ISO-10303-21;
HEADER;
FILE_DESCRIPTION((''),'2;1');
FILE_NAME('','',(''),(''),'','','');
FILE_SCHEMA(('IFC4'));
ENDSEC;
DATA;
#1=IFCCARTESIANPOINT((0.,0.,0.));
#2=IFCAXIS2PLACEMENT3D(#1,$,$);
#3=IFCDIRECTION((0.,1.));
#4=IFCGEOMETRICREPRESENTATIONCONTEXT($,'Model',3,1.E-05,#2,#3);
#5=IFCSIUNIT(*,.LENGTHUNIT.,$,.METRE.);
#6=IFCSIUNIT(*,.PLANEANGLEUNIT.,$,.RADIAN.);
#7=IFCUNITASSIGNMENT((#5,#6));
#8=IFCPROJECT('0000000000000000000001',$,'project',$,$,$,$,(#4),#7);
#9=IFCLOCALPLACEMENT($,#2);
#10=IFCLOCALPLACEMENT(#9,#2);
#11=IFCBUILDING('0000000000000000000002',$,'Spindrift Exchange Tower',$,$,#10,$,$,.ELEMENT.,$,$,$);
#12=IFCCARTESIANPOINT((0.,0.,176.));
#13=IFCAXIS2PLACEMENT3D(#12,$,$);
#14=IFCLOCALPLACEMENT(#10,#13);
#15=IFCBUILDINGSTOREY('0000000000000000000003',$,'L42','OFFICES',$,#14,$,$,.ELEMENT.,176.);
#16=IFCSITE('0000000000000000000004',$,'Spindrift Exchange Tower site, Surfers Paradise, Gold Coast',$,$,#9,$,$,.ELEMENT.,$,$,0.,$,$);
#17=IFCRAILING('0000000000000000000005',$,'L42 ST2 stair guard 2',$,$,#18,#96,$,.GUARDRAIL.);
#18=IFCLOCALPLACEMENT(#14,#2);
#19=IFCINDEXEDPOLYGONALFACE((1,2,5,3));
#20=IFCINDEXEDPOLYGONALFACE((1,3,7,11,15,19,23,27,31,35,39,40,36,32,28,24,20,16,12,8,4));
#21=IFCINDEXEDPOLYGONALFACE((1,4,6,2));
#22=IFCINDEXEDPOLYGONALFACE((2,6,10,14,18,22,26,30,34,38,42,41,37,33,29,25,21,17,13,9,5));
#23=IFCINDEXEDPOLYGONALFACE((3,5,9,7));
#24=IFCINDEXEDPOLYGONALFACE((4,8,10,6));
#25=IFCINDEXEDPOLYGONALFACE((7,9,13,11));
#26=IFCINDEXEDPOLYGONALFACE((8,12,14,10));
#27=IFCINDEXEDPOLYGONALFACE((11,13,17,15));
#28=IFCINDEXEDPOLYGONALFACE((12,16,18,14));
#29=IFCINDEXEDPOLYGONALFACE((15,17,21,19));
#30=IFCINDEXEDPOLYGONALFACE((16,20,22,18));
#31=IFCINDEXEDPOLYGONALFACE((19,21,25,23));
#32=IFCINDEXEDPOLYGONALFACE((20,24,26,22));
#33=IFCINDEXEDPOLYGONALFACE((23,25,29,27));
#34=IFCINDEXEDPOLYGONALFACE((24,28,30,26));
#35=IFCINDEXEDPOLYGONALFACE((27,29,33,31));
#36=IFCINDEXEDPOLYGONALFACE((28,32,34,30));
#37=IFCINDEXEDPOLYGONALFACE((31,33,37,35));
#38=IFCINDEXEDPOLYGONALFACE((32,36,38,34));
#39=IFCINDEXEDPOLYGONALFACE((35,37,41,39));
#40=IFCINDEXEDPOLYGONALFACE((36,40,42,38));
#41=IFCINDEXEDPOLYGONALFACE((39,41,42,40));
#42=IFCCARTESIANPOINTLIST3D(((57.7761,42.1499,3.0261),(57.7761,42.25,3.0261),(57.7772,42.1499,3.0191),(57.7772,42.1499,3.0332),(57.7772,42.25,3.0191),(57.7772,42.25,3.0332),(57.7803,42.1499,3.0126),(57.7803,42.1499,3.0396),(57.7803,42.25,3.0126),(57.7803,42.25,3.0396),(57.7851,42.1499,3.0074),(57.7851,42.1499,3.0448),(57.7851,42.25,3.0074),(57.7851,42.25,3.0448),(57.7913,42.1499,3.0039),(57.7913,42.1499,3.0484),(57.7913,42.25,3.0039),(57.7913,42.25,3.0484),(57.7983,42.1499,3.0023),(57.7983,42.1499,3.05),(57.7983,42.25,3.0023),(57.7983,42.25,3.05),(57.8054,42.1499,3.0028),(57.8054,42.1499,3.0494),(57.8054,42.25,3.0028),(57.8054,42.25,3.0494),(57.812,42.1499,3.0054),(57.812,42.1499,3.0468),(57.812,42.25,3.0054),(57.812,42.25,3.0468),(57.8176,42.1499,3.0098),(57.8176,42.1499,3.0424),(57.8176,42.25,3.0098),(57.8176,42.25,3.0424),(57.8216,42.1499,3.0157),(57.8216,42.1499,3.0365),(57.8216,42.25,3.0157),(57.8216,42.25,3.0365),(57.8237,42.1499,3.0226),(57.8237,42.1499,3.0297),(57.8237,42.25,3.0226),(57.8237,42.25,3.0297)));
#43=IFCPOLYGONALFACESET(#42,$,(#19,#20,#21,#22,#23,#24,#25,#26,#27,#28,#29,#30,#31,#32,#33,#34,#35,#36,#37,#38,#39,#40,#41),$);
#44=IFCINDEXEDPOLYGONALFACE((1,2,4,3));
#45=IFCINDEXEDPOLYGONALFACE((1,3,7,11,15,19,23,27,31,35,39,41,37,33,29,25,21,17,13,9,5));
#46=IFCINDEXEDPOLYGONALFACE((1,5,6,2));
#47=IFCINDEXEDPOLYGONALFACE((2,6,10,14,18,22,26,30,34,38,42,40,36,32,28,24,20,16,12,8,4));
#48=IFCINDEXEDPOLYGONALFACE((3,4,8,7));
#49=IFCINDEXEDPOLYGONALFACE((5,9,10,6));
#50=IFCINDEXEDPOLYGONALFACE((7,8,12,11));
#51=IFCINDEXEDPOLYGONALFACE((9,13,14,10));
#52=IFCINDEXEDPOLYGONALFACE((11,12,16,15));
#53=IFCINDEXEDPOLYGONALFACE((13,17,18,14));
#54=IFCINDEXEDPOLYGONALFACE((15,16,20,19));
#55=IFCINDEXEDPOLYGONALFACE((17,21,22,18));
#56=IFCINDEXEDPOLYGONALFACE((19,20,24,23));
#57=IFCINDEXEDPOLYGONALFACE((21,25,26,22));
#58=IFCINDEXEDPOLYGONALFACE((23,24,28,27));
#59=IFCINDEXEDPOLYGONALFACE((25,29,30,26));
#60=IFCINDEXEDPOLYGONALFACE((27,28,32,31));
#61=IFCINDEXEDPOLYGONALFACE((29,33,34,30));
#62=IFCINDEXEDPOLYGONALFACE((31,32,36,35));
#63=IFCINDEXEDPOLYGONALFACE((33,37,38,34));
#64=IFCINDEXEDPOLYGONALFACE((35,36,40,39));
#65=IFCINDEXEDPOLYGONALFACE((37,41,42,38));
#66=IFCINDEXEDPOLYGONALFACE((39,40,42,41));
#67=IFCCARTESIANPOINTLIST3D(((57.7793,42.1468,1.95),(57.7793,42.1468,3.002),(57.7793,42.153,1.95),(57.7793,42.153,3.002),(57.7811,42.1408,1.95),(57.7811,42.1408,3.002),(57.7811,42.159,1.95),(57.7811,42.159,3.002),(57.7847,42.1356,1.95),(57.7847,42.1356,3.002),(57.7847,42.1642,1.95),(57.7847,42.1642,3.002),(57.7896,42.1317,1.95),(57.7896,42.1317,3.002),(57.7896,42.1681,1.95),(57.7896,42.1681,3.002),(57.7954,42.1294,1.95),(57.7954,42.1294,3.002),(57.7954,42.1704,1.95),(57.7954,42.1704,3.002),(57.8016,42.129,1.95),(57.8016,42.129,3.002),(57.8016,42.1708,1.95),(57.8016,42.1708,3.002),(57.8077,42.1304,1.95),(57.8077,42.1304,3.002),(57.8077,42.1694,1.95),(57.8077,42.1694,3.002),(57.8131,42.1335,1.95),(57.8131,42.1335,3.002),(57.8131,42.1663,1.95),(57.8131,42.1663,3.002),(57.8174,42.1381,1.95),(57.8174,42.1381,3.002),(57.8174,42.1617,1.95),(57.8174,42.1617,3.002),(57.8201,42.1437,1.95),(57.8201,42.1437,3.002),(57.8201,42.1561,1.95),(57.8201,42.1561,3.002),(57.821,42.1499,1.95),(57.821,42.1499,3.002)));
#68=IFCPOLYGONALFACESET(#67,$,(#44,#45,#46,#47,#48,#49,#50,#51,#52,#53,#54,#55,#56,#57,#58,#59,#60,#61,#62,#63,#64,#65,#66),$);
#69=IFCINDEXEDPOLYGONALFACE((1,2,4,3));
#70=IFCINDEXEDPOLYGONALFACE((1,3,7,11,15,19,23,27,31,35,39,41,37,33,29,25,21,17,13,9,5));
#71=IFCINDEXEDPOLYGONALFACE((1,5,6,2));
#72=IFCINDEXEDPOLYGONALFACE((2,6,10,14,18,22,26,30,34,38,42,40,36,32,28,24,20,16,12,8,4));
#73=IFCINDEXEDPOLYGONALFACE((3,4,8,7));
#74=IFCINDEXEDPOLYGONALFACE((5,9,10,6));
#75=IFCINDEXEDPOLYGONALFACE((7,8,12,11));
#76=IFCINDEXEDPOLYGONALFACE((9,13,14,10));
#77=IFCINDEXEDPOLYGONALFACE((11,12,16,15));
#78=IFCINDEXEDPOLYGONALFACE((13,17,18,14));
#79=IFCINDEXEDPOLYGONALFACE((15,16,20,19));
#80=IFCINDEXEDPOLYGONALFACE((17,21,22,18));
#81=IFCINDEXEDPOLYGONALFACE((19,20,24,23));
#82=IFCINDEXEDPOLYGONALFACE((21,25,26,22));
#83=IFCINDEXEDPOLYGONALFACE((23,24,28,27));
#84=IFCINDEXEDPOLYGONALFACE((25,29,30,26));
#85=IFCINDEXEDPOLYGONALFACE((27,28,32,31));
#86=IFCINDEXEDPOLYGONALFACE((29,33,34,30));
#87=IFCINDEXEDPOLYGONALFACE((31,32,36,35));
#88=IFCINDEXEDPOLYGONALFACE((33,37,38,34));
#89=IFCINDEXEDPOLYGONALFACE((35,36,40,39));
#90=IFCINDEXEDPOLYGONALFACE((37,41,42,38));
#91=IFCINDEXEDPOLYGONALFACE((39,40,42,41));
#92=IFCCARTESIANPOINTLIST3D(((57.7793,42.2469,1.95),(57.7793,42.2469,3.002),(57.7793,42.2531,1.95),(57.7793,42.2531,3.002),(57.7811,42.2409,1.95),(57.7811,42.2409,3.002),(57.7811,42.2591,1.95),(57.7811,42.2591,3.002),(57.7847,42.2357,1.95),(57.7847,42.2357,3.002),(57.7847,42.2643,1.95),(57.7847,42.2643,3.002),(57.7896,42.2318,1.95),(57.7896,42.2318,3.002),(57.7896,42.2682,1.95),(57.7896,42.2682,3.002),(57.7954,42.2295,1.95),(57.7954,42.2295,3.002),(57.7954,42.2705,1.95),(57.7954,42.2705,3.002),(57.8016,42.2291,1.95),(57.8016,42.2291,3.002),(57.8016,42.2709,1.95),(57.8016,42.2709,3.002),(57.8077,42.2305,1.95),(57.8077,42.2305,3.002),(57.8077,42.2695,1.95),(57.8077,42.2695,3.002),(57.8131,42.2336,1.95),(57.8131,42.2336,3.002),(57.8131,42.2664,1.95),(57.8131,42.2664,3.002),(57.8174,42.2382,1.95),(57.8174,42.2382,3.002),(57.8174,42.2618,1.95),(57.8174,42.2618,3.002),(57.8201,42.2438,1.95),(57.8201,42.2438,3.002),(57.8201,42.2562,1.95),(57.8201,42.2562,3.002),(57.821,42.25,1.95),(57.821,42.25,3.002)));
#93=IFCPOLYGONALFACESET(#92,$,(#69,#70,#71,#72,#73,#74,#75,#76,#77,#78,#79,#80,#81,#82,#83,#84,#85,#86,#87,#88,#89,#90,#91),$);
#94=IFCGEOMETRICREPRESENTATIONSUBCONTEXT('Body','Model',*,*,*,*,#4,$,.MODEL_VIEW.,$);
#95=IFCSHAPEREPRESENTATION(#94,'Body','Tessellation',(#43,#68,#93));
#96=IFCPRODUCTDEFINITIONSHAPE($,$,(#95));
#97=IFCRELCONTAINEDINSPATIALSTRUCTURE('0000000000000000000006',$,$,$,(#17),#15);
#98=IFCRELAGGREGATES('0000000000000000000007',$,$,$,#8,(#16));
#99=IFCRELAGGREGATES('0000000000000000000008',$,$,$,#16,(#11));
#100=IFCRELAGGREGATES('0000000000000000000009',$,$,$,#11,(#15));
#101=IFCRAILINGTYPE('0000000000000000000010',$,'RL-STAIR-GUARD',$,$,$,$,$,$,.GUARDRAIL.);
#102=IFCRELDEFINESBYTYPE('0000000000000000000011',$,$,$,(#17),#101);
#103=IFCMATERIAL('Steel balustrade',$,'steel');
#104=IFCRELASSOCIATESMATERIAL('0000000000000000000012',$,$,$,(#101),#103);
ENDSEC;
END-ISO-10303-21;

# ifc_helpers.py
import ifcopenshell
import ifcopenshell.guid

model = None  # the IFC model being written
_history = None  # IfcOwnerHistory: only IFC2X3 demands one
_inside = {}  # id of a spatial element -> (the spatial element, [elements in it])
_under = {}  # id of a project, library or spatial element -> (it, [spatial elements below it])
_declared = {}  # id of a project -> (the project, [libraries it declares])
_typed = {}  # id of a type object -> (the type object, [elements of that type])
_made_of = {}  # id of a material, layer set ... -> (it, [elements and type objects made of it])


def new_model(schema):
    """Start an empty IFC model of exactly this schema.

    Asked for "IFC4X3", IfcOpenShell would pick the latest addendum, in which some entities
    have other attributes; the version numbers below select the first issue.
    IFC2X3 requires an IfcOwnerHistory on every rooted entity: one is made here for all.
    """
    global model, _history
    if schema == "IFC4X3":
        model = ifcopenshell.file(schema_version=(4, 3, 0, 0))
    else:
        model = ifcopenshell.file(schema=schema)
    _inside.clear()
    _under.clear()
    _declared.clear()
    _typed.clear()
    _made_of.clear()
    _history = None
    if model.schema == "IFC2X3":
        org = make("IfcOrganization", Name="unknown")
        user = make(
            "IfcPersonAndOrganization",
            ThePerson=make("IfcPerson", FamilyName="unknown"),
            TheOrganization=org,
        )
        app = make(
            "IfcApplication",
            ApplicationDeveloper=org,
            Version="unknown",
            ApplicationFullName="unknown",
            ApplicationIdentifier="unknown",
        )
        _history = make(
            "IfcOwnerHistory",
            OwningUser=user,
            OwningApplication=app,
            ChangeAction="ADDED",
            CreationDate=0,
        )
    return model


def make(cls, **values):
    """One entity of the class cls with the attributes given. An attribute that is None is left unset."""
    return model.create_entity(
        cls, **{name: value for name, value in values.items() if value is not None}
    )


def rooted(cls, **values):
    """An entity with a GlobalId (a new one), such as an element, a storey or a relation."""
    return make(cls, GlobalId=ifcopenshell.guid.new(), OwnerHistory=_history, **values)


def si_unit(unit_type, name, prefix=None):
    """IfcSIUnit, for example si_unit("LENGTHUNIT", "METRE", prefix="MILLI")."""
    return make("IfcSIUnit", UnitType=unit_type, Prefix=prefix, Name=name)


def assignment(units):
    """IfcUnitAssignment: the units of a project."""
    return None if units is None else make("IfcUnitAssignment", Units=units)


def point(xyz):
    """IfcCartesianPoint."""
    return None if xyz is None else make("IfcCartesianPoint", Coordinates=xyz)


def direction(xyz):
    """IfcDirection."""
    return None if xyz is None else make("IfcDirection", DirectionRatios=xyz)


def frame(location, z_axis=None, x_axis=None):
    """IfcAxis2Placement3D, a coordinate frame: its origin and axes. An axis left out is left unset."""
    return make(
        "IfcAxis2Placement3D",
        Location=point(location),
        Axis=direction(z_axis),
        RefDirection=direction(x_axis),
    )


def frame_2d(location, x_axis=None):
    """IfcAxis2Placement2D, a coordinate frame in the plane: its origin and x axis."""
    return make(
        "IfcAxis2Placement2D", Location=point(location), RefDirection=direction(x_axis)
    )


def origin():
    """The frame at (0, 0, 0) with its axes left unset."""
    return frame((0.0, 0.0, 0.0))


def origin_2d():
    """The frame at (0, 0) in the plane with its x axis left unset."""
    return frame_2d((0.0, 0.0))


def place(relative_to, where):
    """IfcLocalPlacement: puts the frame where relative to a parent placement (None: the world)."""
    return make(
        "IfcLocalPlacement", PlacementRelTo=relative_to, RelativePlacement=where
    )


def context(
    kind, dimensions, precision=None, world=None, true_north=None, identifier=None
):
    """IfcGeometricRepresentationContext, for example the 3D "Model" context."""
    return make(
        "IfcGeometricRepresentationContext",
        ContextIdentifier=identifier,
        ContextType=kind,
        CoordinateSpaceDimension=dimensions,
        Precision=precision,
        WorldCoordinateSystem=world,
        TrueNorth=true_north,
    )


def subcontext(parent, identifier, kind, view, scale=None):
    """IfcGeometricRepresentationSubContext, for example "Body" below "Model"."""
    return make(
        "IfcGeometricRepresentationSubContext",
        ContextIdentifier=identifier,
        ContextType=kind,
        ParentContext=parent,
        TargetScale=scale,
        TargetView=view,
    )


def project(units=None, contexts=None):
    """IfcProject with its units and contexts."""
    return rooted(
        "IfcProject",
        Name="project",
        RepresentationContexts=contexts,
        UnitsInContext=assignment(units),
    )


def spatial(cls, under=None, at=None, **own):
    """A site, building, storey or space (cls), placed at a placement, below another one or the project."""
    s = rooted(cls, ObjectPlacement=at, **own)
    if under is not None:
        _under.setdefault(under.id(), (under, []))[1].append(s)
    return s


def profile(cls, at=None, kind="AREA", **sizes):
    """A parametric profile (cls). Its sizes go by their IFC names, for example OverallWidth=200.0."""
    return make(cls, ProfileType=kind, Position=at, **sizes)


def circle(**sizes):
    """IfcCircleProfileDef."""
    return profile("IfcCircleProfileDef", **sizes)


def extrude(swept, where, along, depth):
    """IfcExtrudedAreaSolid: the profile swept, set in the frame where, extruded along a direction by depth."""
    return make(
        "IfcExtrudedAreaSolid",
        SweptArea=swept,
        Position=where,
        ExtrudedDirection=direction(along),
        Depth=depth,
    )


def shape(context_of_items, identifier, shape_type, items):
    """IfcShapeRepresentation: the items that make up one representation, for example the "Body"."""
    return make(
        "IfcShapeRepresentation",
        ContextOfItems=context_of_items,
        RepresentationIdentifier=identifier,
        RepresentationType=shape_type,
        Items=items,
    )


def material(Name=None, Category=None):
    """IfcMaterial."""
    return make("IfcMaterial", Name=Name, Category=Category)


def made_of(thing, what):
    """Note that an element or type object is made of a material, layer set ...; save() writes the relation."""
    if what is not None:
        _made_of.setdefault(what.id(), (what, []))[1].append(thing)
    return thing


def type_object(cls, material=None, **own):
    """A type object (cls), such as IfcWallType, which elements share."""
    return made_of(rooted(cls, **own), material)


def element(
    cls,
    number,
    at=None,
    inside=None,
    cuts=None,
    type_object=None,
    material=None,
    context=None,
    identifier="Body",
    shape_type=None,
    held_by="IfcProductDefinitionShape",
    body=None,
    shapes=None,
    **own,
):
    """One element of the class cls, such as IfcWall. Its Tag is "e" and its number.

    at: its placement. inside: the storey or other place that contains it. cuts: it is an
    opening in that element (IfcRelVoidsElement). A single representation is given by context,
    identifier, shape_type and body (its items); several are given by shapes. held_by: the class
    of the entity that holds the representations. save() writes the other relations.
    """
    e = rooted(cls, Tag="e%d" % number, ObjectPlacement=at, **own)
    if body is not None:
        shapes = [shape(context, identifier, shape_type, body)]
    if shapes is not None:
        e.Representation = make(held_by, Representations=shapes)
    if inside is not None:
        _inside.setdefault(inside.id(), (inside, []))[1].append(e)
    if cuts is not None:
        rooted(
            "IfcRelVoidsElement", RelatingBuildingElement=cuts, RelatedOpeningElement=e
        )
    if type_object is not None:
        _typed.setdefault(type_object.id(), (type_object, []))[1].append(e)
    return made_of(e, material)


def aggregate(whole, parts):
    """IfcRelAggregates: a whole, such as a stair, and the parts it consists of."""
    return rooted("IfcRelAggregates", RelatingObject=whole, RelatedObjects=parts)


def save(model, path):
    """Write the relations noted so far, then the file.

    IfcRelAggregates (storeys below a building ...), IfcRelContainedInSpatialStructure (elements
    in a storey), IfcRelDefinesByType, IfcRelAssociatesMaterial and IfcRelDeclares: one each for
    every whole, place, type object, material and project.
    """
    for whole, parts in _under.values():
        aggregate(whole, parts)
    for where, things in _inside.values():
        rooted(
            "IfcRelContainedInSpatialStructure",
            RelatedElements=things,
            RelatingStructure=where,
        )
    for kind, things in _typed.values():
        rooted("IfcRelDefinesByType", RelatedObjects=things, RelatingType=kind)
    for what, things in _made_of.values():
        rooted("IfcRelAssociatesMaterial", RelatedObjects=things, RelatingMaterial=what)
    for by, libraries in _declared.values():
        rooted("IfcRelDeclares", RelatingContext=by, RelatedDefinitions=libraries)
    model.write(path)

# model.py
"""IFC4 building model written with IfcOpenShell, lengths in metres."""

from ifc_helpers import new_model, si_unit, direction, frame, origin, origin_2d, place, context, subcontext, project, spatial, circle, extrude, material, type_object, element, save


model = new_model("IFC4")

# Units and contexts
model_context = context("Model", 3, precision=1e-05, world=origin(), true_north=direction((0.0, 1.0)))
body_context = subcontext(model_context, "Body", "Model", "MODEL_VIEW")
ifc_project = project(units=[si_unit("LENGTHUNIT", "METRE"), si_unit("PLANEANGLEUNIT", "RADIAN")], contexts=[model_context])

# Site, building, storey
site_placement = place(None, origin())
site = spatial("IfcSite", under=ifc_project, at=site_placement, Name="Spindrift Exchange Tower site, Surfers Paradise, Gold Coast", CompositionType="ELEMENT", RefElevation=0.0)
building_placement = place(site_placement, origin())
building = spatial("IfcBuilding", under=site, at=building_placement, Name="Spindrift Exchange Tower", CompositionType="ELEMENT")
storey_placement = place(building_placement, frame((0.0, 0.0, 176.0)))
storey = spatial("IfcBuildingStorey", under=building, at=storey_placement, Name="L42", Description="OFFICES", CompositionType="ELEMENT", Elevation=176.0)

# Railing
ifc_material_1 = material(Name="Steel balustrade", Category="steel")
railing_type_1 = type_object("IfcRailingType", Name="RL-STAIR-GUARD", PredefinedType="GUARDRAIL", material=ifc_material_1)
railing_1_placement = place(storey_placement, frame((57.8, 42.1499, 1.95)))
element("IfcRailing", 1, at=railing_1_placement, inside=storey, type_object=railing_type_1, Name="L42 ST2 stair guard 2", PredefinedType="GUARDRAIL", context=body_context, shape_type="SweptSolid", body=[
    extrude(circle(Radius=0.0239, at=origin_2d()), frame((0.0, 0.0, 1.0762), z_axis=(0.0, 1.0, 0.0), x_axis=(-1.0, 0.0, 0.0)), (0.0, 0.0, 1.0), 0.1001),
    extrude(circle(Radius=0.021, at=origin_2d()), origin(), (0.0, 0.0, 1.0), 1.052),
    extrude(circle(Radius=0.021, at=origin_2d()), frame((0.0, 0.1001, 0.0)), (0.0, 0.0, 1.0), 1.052),
])

save(model, "model.ifc")
